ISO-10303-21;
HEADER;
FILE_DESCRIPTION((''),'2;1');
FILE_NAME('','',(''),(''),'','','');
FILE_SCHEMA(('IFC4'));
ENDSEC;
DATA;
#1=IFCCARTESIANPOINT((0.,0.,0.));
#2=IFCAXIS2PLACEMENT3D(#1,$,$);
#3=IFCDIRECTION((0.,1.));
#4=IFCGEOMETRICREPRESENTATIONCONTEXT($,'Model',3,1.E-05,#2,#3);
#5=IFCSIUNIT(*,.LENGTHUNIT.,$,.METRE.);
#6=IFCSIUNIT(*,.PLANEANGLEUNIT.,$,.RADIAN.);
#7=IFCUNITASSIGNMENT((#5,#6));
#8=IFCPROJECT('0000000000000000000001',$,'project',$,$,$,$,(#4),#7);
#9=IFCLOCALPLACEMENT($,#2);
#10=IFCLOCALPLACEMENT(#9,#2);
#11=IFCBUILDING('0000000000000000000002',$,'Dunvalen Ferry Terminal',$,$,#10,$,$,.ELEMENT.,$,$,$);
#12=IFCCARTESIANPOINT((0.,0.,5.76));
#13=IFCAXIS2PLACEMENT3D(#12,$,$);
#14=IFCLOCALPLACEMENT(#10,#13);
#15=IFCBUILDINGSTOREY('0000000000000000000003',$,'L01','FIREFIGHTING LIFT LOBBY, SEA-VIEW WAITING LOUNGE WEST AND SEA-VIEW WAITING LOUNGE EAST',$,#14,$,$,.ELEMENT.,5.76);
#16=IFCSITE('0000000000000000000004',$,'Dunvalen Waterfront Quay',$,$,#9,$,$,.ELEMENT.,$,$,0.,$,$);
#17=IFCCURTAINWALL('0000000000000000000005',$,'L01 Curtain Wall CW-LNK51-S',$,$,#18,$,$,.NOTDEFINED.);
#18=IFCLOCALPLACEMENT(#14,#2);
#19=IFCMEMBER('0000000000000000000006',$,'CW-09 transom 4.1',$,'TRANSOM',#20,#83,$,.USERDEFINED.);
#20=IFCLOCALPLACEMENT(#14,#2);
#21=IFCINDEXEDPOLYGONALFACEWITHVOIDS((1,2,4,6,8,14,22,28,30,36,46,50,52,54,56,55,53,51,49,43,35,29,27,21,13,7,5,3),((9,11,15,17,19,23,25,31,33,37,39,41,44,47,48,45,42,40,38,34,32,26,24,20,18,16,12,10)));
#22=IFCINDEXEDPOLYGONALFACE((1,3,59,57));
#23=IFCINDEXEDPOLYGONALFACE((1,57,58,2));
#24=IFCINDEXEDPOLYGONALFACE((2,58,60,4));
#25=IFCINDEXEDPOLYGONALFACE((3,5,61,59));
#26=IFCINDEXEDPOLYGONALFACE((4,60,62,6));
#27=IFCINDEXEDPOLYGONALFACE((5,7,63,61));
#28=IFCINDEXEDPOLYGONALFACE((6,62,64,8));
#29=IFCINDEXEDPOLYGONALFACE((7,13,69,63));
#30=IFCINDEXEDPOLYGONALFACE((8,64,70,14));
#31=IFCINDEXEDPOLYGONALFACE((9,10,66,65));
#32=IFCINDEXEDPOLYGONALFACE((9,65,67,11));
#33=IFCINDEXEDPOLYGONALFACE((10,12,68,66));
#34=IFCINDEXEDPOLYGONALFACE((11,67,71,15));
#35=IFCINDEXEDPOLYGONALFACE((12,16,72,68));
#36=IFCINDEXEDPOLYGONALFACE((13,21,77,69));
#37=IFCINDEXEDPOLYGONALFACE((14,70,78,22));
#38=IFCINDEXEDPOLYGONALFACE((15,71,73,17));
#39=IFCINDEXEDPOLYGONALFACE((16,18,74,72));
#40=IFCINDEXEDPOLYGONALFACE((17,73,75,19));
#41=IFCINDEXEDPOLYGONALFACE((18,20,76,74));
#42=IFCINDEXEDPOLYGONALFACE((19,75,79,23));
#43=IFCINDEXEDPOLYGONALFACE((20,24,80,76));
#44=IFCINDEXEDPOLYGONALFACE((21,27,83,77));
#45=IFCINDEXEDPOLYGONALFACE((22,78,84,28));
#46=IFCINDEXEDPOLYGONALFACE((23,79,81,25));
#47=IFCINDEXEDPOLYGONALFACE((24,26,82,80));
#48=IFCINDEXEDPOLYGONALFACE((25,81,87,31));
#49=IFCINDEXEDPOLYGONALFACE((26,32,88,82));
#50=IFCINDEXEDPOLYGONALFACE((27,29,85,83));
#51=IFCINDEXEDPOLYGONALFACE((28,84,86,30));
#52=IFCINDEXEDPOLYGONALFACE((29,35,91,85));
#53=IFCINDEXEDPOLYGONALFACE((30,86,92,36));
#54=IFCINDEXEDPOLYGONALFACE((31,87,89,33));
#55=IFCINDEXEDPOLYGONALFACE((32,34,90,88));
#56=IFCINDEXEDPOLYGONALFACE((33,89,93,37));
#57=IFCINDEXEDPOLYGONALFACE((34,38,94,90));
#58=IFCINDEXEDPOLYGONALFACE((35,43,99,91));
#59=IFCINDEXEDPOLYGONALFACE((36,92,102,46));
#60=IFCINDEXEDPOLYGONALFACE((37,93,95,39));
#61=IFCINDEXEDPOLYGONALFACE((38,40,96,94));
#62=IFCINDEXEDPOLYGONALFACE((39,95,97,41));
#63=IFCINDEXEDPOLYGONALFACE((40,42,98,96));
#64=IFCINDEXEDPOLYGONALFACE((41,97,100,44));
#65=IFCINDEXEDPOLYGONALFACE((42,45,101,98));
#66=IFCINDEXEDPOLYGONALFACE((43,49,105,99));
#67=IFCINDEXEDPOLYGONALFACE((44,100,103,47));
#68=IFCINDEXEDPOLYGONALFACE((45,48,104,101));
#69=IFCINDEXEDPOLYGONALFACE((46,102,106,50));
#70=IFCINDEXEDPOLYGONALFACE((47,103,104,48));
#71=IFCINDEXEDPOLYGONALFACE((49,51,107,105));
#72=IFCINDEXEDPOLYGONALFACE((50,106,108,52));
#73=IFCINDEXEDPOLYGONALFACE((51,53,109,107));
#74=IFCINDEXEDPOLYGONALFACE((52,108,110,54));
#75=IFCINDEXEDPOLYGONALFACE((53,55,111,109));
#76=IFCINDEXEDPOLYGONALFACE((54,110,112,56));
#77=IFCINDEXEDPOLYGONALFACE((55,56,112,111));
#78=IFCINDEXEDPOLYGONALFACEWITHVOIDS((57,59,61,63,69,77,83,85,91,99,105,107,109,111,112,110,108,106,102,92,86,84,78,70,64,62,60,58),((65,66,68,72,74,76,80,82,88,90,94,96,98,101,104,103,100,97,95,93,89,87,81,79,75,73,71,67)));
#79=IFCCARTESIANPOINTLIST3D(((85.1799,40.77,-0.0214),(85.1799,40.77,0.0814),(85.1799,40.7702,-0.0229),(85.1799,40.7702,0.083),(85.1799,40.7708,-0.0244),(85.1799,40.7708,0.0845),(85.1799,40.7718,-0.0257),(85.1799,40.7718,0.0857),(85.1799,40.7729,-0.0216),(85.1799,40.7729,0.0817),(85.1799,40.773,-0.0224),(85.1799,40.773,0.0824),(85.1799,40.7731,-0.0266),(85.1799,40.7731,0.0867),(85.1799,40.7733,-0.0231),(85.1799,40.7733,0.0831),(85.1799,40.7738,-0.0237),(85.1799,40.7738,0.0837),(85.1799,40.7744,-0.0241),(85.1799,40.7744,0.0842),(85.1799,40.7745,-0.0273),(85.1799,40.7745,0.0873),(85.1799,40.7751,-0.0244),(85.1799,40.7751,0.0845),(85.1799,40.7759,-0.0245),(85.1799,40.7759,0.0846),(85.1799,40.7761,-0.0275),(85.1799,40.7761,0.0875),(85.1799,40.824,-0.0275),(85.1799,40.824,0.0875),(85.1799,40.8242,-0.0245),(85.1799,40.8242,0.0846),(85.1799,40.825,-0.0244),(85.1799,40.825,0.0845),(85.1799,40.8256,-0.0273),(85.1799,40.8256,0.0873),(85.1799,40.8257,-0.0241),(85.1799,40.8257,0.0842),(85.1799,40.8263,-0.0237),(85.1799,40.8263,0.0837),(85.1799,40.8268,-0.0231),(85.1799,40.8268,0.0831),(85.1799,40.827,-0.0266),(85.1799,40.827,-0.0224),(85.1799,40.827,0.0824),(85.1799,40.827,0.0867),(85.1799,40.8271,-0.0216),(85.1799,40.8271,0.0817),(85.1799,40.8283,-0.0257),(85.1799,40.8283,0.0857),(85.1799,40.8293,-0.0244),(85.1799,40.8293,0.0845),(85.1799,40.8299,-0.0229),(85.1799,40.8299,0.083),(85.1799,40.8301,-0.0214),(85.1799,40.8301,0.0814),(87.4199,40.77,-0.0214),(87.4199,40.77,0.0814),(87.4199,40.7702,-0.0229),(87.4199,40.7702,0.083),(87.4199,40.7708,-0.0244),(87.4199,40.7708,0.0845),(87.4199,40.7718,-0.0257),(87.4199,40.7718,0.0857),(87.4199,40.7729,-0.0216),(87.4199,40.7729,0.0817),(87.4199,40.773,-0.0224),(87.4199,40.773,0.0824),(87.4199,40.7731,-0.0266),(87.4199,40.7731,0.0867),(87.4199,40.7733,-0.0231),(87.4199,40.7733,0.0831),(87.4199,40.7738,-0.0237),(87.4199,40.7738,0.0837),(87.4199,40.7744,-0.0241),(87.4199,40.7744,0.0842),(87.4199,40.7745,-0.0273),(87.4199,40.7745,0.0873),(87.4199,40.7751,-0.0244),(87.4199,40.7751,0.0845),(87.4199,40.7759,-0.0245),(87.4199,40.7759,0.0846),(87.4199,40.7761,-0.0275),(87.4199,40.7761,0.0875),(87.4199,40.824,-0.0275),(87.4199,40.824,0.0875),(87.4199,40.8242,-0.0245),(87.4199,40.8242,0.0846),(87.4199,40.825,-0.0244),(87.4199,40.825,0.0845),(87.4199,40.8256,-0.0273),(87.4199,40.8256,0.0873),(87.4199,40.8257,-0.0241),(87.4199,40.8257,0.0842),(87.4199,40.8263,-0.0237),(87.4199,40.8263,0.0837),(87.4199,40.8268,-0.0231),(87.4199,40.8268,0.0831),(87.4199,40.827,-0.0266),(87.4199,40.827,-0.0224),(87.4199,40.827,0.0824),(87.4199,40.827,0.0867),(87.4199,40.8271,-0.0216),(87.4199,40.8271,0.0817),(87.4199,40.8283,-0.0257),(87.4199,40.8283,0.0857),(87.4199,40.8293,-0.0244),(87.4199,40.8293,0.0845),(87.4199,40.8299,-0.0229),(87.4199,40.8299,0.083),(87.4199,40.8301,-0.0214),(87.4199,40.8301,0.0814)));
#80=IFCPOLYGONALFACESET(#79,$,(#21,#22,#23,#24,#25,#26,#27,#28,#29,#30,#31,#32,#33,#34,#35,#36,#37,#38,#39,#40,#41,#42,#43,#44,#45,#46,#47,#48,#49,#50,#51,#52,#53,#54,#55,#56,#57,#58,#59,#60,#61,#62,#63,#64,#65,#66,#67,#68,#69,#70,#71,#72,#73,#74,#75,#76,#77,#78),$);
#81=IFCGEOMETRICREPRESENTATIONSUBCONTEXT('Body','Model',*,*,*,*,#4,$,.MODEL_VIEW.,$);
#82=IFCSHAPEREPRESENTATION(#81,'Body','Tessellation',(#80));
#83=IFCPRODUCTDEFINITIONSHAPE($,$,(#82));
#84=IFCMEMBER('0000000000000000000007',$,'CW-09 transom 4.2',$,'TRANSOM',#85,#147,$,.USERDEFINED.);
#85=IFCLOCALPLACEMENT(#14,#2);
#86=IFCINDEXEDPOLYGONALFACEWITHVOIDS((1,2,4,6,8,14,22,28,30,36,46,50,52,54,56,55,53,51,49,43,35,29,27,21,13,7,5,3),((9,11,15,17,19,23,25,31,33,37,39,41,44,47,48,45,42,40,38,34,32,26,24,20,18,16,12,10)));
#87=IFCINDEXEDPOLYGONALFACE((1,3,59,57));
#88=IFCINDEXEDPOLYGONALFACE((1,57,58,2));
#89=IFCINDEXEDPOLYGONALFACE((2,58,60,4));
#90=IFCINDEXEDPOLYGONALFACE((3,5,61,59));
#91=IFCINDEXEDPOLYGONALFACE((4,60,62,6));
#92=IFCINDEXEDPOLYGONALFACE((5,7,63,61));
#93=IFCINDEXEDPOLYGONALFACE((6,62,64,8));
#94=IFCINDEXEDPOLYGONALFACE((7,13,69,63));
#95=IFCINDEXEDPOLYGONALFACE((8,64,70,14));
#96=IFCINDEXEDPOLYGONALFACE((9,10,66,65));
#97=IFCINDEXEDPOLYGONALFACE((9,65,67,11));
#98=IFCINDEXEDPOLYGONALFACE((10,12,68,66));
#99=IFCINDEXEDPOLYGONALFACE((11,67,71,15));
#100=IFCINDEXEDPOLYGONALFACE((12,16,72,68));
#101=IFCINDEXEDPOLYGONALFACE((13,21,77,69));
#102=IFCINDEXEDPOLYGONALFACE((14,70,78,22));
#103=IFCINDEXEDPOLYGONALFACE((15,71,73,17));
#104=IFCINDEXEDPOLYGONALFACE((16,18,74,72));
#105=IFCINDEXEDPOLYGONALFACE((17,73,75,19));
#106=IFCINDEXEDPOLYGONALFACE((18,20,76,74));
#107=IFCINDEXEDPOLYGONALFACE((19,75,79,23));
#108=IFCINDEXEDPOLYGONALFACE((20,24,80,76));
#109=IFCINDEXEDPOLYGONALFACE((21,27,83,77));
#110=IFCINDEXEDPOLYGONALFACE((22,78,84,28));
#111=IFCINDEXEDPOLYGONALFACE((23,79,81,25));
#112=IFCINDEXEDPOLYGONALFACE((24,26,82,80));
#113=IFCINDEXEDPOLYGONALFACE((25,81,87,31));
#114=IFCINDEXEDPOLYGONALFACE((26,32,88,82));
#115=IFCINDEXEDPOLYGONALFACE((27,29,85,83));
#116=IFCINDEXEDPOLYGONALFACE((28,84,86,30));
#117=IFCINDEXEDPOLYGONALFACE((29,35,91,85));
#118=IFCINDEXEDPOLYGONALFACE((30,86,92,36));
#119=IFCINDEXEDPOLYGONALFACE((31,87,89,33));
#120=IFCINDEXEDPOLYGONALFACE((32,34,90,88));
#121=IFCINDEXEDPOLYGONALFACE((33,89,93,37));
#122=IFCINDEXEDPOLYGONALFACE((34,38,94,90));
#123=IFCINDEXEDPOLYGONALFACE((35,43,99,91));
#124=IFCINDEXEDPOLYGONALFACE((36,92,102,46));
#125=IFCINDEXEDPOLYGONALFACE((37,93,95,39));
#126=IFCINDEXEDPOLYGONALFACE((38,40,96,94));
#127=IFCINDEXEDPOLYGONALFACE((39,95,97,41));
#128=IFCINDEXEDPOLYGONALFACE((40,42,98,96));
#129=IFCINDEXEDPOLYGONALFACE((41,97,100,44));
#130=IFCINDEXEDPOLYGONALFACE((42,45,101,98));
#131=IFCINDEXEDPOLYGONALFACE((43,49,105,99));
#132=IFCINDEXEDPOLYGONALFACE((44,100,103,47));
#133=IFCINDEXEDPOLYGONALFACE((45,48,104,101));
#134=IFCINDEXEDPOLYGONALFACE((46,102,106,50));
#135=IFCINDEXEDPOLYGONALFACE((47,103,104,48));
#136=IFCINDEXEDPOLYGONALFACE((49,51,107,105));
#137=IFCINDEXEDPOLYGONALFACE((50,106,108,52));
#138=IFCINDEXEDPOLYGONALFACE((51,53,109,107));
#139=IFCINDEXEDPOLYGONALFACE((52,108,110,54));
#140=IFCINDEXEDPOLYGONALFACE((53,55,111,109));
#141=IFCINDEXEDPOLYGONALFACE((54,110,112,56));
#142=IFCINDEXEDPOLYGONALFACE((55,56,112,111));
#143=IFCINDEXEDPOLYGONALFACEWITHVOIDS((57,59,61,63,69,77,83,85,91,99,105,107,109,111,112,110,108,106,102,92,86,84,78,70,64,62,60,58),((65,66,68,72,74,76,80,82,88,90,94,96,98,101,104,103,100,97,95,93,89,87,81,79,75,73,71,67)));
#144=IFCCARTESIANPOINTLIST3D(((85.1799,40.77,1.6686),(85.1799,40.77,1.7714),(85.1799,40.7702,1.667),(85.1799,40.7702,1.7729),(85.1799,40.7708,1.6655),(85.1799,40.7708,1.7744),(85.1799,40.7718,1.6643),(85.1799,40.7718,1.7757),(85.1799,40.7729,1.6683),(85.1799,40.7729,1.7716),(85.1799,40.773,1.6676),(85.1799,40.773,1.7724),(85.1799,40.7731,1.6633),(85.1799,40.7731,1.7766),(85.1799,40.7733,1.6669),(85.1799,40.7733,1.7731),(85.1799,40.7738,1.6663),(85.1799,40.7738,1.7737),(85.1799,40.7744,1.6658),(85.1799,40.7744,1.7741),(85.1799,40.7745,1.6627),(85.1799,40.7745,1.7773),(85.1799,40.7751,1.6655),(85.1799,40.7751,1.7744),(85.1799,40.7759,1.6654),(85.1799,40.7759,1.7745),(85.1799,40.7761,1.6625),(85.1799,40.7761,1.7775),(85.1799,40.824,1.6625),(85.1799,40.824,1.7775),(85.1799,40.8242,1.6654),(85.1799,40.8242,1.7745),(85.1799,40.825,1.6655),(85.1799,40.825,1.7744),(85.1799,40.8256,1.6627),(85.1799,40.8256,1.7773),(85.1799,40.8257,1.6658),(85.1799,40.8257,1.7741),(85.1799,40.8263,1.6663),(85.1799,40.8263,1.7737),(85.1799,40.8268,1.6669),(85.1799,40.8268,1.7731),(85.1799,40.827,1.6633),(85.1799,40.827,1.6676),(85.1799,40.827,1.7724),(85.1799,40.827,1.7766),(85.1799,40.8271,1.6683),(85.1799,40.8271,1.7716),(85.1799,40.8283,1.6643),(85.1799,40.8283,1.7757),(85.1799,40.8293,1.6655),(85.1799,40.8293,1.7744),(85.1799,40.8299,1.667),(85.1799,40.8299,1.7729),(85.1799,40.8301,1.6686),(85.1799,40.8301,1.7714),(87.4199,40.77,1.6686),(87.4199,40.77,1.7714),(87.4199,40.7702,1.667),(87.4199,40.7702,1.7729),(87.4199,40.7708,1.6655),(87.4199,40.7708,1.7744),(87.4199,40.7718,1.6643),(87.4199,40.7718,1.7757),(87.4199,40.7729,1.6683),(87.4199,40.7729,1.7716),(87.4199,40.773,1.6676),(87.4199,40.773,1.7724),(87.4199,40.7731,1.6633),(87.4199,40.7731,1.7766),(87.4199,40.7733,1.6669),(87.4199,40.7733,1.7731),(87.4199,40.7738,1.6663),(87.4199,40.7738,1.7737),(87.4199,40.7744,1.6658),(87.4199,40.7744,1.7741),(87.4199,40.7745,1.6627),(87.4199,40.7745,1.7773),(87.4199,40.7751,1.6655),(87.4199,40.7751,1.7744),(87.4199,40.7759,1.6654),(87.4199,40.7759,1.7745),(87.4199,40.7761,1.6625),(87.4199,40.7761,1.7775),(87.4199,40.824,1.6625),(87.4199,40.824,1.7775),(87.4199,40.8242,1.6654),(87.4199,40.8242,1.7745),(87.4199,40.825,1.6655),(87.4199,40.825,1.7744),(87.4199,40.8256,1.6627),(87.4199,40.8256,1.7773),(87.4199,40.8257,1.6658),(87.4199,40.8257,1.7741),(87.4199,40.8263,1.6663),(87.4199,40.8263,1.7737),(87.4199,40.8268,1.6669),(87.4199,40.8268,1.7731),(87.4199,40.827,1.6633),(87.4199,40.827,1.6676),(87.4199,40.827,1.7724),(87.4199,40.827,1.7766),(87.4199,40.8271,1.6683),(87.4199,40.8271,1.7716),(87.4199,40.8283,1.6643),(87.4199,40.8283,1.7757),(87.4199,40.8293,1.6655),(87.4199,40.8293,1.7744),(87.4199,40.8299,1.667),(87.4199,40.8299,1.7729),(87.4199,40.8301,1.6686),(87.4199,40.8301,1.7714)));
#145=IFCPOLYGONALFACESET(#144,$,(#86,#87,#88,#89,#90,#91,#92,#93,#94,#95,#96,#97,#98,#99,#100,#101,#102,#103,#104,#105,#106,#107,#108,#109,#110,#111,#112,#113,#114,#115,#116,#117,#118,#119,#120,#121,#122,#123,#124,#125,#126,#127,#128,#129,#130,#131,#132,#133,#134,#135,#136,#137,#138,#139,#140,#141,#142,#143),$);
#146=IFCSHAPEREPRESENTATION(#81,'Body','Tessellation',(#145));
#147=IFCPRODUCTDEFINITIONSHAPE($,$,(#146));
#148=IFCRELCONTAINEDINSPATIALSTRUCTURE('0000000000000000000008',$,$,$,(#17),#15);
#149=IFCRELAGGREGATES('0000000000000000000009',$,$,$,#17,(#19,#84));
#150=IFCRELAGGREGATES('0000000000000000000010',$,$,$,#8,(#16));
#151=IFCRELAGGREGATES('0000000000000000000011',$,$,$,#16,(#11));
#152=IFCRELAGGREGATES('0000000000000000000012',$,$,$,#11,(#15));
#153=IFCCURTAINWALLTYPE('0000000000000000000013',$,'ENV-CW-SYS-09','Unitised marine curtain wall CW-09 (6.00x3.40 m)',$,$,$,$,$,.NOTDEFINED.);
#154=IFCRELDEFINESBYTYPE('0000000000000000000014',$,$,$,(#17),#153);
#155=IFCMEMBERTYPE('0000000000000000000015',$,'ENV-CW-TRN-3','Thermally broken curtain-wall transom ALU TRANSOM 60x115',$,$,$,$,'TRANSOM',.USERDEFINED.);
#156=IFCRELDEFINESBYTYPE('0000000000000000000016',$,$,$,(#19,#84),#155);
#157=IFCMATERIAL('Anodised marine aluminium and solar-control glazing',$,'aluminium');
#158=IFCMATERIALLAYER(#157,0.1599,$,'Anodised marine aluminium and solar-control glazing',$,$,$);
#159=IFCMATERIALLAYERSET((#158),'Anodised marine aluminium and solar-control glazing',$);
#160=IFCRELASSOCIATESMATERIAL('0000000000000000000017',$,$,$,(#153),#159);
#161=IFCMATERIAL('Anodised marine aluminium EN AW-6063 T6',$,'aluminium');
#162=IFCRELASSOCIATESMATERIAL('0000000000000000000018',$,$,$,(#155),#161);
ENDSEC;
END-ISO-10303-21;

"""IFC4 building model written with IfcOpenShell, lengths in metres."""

from ifc_helpers import new_model, si_unit, direction, frame, origin, origin_2d, place, context, subcontext, project, spatial, hollow_rectangle, extrude, material, layer, layer_set, material_profile, profile_set, type_object, element, aggregate, save


model = new_model("IFC4")

# Units and contexts
model_context = context("Model", 3, precision=1e-05, world=origin(), true_north=direction((0.0, 1.0)))
body_context = subcontext(model_context, "Body", "Model", "MODEL_VIEW")
ifc_project = project(units=[si_unit("LENGTHUNIT", "METRE"), si_unit("PLANEANGLEUNIT", "RADIAN")], contexts=[model_context])

# Site, building, storey
site_placement = place(None, origin())
site = spatial("IfcSite", under=ifc_project, at=site_placement, Name="Dunvalen Waterfront Quay", CompositionType="ELEMENT", RefElevation=0.0)
building_placement = place(site_placement, origin())
building = spatial("IfcBuilding", under=site, at=building_placement, Name="Dunvalen Ferry Terminal", CompositionType="ELEMENT")
storey_placement = place(building_placement, frame((0.0, 0.0, 5.76)))
storey = spatial("IfcBuildingStorey", under=building, at=storey_placement, Name="L01", Description="FIREFIGHTING LIFT LOBBY, SEA-VIEW WAITING LOUNGE WEST AND SEA-VIEW WAITING LOUNGE EAST", CompositionType="ELEMENT", Elevation=5.76)

# Shared definitions
ifc_material_1 = material(Name="Anodised marine aluminium and solar-control glazing", Category="aluminium")
ifc_material_2 = material(Name="Anodised marine aluminium EN AW-6063 T6", Category="aluminium")

# Curtain wall
ifc_layer_1 = layer(ifc_material_1, 0.1599, Name="Anodised marine aluminium and solar-control glazing")
ifc_layer_set_1 = layer_set([ifc_layer_1], Name="Anodised marine aluminium and solar-control glazing")
curtain_wall_type_1 = type_object("IfcCurtainWallType", Name="ENV-CW-SYS-09", Description="Unitised marine curtain wall CW-09 (6.00x3.40 m)", PredefinedType="NOTDEFINED", material=ifc_layer_set_1)
curtain_wall_1_placement = place(storey_placement, origin())
curtain_wall_1 = element("IfcCurtainWall", 1, at=curtain_wall_1_placement, inside=storey, type_object=curtain_wall_type_1, Name="L01 Curtain Wall CW-LNK51-S", PredefinedType="NOTDEFINED")

# Members
ifc_material_profile_1 = material_profile(ifc_material_2, hollow_rectangle(XDim=0.0601, YDim=0.115, WallThickness=0.0029, InnerFilletRadius=0.0029, OuterFilletRadius=0.0061, at=origin_2d()), Name="Anodised marine aluminium EN AW-6063 T6")
ifc_profile_set_1 = profile_set([ifc_material_profile_1], Name="Anodised marine aluminium EN AW-6063 T6")
member_type_1 = type_object("IfcMemberType", Name="ENV-CW-TRN-3", Description="Thermally broken curtain-wall transom ALU TRANSOM 60x115", ElementType="TRANSOM", PredefinedType="USERDEFINED", material=ifc_profile_set_1)
member_1_placement = place(storey_placement, frame((85.1799, 40.8, 0.03), z_axis=(1.0, 0.0, 0.0), x_axis=(0.0, 1.0, 0.0)))
member_1 = element("IfcMember", 2, at=member_1_placement, type_object=member_type_1, Name="CW-09 transom 4.1", ObjectType="TRANSOM", PredefinedType="USERDEFINED", context=body_context, shape_type="SweptSolid", body=[
    extrude(hollow_rectangle(XDim=0.0601, YDim=0.115, WallThickness=0.0029, InnerFilletRadius=0.0029, OuterFilletRadius=0.0061, at=origin_2d()), origin(), (0.0, 0.0, 1.0), 2.24),
])
member_2_placement = place(storey_placement, frame((85.1799, 40.8, 1.72), z_axis=(1.0, 0.0, 0.0), x_axis=(0.0, 1.0, 0.0)))
member_2 = element("IfcMember", 3, at=member_2_placement, type_object=member_type_1, Name="CW-09 transom 4.2", ObjectType="TRANSOM", PredefinedType="USERDEFINED", context=body_context, shape_type="SweptSolid", body=[
    extrude(hollow_rectangle(XDim=0.0601, YDim=0.115, WallThickness=0.0029, InnerFilletRadius=0.0029, OuterFilletRadius=0.0061, at=origin_2d()), origin(), (0.0, 0.0, 1.0), 2.24),
])

aggregate(curtain_wall_1, [member_1, member_2])

save(model, "model.ifc")
